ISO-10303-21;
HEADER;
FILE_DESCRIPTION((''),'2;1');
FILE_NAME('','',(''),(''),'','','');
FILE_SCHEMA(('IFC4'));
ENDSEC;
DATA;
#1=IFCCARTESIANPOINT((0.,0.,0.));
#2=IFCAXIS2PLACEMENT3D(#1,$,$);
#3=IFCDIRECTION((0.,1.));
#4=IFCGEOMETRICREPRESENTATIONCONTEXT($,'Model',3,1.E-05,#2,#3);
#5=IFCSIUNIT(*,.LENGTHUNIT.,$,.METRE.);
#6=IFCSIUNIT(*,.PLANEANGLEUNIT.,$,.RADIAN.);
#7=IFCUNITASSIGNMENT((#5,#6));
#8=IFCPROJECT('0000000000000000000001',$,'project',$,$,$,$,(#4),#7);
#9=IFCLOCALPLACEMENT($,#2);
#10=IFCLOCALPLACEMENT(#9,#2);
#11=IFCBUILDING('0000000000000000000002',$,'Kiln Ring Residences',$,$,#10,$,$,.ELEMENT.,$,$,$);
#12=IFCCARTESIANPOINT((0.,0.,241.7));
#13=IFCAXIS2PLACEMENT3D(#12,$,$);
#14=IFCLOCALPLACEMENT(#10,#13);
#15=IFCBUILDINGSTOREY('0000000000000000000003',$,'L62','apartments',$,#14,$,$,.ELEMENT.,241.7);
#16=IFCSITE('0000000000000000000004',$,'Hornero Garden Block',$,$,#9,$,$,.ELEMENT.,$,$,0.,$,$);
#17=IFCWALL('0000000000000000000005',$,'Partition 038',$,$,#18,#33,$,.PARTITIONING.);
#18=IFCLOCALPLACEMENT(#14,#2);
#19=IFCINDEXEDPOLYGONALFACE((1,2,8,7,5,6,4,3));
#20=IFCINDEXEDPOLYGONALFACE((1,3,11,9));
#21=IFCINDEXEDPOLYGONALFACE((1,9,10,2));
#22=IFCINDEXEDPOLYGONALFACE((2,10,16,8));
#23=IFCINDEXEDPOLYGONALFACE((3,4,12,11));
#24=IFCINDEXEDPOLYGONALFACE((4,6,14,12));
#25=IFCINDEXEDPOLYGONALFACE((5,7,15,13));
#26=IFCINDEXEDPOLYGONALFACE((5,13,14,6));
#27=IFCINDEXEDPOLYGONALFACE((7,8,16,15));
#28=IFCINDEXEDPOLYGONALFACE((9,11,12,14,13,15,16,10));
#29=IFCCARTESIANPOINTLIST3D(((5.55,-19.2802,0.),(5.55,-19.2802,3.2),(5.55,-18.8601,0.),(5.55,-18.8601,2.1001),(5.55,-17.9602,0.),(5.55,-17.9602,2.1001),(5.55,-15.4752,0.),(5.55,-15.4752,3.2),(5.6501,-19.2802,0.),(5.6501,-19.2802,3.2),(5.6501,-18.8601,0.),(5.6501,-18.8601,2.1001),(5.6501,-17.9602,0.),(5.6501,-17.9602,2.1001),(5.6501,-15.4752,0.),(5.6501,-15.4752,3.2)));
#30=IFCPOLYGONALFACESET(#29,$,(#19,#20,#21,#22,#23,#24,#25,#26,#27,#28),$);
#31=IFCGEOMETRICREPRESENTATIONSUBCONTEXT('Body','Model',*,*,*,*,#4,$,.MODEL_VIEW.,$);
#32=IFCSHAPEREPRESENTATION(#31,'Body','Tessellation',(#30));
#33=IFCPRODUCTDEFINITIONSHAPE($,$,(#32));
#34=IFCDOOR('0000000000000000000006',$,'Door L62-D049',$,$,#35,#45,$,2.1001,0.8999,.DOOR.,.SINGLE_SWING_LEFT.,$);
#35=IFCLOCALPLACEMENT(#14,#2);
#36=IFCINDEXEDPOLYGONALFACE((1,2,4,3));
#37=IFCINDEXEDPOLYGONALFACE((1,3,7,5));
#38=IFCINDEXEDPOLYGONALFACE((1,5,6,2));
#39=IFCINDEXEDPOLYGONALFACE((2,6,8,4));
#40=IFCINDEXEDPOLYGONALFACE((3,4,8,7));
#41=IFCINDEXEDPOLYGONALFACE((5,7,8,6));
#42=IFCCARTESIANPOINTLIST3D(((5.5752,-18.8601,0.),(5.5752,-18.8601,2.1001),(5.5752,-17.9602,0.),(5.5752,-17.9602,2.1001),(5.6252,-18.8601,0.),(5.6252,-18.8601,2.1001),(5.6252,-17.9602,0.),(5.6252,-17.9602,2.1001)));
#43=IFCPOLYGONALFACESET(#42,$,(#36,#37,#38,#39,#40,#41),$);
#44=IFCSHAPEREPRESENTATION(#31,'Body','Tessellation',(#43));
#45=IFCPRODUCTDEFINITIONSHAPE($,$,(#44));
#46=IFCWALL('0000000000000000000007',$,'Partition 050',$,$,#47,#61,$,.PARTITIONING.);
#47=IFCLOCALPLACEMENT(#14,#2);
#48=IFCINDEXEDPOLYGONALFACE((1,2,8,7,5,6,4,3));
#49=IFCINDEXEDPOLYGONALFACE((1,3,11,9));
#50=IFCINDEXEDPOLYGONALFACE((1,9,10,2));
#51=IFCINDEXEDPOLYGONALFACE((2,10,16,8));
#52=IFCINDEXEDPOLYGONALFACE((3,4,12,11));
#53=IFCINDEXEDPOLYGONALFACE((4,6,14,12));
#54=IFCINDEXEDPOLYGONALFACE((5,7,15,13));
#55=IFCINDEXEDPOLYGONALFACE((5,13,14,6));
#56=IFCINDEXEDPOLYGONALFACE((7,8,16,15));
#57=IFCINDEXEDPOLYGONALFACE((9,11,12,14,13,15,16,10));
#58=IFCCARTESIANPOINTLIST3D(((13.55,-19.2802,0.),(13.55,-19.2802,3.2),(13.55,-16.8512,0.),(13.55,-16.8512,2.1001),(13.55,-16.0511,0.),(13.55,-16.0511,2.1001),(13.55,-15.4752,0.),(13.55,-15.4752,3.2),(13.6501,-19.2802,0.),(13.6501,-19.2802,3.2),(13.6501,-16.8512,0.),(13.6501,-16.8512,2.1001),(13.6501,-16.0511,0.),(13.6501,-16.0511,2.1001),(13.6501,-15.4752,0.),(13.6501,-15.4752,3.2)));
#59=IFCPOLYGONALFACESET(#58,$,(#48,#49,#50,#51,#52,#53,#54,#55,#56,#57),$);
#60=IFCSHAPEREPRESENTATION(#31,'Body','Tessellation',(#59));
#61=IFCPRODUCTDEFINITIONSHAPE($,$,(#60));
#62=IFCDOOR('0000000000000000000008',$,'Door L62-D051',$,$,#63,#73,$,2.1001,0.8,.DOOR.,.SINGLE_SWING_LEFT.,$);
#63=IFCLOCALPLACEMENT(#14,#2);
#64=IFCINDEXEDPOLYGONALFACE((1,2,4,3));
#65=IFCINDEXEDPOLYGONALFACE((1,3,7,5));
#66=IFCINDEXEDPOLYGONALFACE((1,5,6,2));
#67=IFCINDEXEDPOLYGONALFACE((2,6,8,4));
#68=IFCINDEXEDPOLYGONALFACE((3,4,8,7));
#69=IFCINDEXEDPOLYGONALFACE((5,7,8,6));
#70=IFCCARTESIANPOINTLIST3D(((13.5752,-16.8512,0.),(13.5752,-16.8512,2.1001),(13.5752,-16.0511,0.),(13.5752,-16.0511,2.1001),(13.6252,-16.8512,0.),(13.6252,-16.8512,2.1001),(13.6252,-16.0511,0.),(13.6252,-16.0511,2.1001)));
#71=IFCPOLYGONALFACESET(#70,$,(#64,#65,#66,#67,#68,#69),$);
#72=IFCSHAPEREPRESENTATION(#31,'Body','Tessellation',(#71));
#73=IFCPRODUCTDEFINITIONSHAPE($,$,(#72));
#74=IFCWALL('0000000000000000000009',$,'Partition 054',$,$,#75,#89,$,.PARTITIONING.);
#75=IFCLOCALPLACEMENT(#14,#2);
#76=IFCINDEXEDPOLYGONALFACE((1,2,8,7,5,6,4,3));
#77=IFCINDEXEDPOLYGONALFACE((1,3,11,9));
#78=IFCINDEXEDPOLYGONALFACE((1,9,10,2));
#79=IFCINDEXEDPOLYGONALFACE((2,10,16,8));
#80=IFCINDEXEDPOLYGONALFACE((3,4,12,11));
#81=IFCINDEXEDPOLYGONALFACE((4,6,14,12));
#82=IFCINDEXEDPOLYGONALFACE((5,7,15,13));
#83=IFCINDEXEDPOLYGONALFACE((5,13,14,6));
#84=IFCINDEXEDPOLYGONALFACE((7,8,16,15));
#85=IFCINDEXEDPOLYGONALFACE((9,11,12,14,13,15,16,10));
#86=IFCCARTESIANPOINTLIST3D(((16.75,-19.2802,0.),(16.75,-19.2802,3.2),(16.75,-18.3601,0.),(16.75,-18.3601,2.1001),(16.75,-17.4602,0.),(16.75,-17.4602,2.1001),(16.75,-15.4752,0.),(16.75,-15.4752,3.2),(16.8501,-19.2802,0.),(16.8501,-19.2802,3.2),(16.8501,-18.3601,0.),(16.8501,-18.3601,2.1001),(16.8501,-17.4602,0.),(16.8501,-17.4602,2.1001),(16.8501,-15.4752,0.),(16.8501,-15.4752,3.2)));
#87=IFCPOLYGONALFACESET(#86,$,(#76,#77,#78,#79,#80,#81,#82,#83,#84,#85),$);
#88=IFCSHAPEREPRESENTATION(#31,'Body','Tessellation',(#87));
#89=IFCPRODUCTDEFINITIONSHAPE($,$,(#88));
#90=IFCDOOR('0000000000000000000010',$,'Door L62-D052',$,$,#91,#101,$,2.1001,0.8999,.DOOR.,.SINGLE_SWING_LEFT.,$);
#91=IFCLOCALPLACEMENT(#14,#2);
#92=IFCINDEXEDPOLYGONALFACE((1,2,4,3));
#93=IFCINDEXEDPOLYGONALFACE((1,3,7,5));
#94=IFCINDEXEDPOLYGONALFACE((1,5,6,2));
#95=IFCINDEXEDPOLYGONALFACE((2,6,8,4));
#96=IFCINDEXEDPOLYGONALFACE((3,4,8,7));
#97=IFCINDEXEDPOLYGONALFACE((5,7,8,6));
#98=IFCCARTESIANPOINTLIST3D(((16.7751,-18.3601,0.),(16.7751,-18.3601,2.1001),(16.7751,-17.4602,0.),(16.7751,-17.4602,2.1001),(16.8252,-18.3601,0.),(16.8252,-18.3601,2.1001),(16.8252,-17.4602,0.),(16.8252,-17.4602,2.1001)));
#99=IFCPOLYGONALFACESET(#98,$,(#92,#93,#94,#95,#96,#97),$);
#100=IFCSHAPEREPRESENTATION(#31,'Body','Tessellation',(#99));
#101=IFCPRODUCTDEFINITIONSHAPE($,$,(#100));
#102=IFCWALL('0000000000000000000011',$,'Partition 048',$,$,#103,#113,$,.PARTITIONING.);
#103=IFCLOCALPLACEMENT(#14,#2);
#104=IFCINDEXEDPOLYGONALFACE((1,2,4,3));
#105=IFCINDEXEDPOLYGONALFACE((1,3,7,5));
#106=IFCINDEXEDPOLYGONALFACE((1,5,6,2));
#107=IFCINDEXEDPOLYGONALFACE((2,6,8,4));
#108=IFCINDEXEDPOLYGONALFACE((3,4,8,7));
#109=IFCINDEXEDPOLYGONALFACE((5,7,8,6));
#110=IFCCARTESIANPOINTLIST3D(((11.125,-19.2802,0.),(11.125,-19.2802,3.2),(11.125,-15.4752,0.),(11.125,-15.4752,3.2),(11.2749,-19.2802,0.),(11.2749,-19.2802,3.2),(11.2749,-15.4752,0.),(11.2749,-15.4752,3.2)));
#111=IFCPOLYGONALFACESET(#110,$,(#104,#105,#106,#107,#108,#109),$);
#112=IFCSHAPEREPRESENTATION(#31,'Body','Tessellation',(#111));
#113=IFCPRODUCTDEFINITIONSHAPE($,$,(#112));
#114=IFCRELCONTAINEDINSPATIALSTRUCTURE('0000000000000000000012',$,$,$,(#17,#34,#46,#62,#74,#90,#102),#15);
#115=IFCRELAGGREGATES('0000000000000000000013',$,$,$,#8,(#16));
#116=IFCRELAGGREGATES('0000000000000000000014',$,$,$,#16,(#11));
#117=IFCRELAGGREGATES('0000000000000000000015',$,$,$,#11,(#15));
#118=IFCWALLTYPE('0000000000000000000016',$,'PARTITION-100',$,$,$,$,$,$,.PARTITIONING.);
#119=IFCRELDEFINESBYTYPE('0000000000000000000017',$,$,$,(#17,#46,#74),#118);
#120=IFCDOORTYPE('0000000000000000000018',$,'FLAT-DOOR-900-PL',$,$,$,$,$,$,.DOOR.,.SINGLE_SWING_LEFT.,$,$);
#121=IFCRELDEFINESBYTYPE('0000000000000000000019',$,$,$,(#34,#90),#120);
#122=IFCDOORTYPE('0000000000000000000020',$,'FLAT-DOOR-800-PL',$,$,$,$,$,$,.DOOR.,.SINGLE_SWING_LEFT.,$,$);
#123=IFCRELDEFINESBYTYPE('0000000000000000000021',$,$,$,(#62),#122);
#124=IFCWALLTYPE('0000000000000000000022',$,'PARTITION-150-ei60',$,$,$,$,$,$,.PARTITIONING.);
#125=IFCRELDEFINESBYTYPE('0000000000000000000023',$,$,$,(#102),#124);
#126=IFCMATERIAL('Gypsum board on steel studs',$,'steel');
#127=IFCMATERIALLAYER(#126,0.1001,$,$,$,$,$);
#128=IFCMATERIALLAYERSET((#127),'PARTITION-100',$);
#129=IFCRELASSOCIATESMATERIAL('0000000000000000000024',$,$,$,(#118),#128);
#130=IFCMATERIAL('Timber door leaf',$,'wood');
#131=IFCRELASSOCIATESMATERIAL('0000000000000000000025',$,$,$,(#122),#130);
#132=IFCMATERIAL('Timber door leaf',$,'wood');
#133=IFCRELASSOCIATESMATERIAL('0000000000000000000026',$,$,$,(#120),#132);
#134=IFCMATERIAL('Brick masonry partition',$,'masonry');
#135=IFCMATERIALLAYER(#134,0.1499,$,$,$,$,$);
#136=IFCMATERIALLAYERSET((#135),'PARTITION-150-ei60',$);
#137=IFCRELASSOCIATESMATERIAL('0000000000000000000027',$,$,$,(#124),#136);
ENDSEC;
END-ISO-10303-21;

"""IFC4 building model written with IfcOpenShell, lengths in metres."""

from ifc_helpers import new_model, si_unit, direction, frame, frame_2d, origin, place, context, subcontext, project, spatial, rectangle, extrude, material, layer, layer_set, type_object, element, fill, save


model = new_model("IFC4")

# Units and contexts
model_context = context("Model", 3, precision=1e-05, world=origin(), true_north=direction((0.0, 1.0)))
body_context = subcontext(model_context, "Body", "Model", "MODEL_VIEW")
ifc_project = project(units=[si_unit("LENGTHUNIT", "METRE"), si_unit("PLANEANGLEUNIT", "RADIAN")], contexts=[model_context])

# Site, building, storey
site_placement = place(None, origin())
site = spatial("IfcSite", under=ifc_project, at=site_placement, Name="Hornero Garden Block", CompositionType="ELEMENT", RefElevation=0.0)
building_placement = place(site_placement, origin())
building = spatial("IfcBuilding", under=site, at=building_placement, Name="Kiln Ring Residences", CompositionType="ELEMENT")
storey_placement = place(building_placement, frame((0.0, 0.0, 241.7)))
storey = spatial("IfcBuildingStorey", under=building, at=storey_placement, Name="L62", Description="apartments", CompositionType="ELEMENT", Elevation=241.7)

# Walls, openings, doors
ifc_material_1 = material(Name="Gypsum board on steel studs", Category="steel")
ifc_layer_1 = layer(ifc_material_1, 0.1001)
ifc_layer_set_1 = layer_set([ifc_layer_1], Name="PARTITION-100")
wall_type_1 = type_object("IfcWallType", Name="PARTITION-100", PredefinedType="PARTITIONING", material=ifc_layer_set_1)
ifc_material_2 = material(Name="Timber door leaf", Category="wood")
door_type_1 = type_object("IfcDoorType", Name="FLAT-DOOR-800-PL", OperationType="SINGLE_SWING_LEFT", PredefinedType="DOOR", material=ifc_material_2)
wall_1_placement = place(storey_placement, frame((5.6001, -19.28, 0.0), z_axis=(0.0, 0.0, 1.0), x_axis=(0.0, 1.0, 0.0)))
wall_1 = element("IfcWall", 1, at=wall_1_placement, inside=storey, type_object=wall_type_1, Name="Partition 038", PredefinedType="PARTITIONING", context=body_context, shape_type="SweptSolid", body=[
    extrude(rectangle(XDim=3.8049, YDim=0.1001, at=frame_2d((1.9023, 0.0))), origin(), (0.0, 0.0, 1.0), 3.2),
])
opening_1_placement = place(wall_1_placement, frame((0.4199, 0.0, 0.0)))
opening_1 = element("IfcOpeningElement", 2, at=opening_1_placement, cuts=wall_1, PredefinedType="OPENING", context=body_context, shape_type="SweptSolid", body=[
    extrude(rectangle(XDim=0.8999, YDim=2.1001, at=frame_2d((0.45, 1.05))), frame((0.0, 0.0601, 0.0), z_axis=(0.0, -1.0, 0.0), x_axis=(1.0, 0.0, 0.0)), (0.0, 0.0, 1.0), 0.1201),
])
ifc_material_3 = material(Name="Timber door leaf", Category="wood")
door_type_2 = type_object("IfcDoorType", Name="FLAT-DOOR-900-PL", OperationType="SINGLE_SWING_LEFT", PredefinedType="DOOR", material=ifc_material_3)
door_1_placement = place(opening_1_placement, origin())
door_1 = element("IfcDoor", 3, at=door_1_placement, inside=storey, type_object=door_type_2, Name="Door L62-D049", OperationType="SINGLE_SWING_LEFT", OverallHeight=2.1001, OverallWidth=0.8999, PredefinedType="DOOR", context=body_context, shape_type="SweptSolid", body=[
    extrude(rectangle(XDim=0.8999, YDim=2.1001, at=frame_2d((0.45, 1.05))), frame((0.0, 0.0249, 0.0), z_axis=(0.0, -1.0, 0.0), x_axis=(1.0, 0.0, 0.0)), (0.0, 0.0, 1.0), 0.05),
])
fill(opening_1, door_1)
wall_2_placement = place(storey_placement, frame((13.6001, -19.28, 0.0), z_axis=(0.0, 0.0, 1.0), x_axis=(0.0, 1.0, 0.0)))
wall_2 = element("IfcWall", 4, at=wall_2_placement, inside=storey, type_object=wall_type_1, Name="Partition 050", PredefinedType="PARTITIONING", context=body_context, shape_type="SweptSolid", body=[
    extrude(rectangle(XDim=3.8049, YDim=0.1001, at=frame_2d((1.9023, 0.0))), origin(), (0.0, 0.0, 1.0), 3.2),
])
opening_2_placement = place(wall_2_placement, frame((2.429, 0.0, 0.0)))
opening_2 = element("IfcOpeningElement", 5, at=opening_2_placement, cuts=wall_2, PredefinedType="OPENING", context=body_context, shape_type="SweptSolid", body=[
    extrude(rectangle(XDim=0.8, YDim=2.1001, at=frame_2d((0.3999, 1.05))), frame((0.0, 0.0601, 0.0), z_axis=(0.0, -1.0, 0.0), x_axis=(1.0, 0.0, 0.0)), (0.0, 0.0, 1.0), 0.1201),
])
door_2_placement = place(opening_2_placement, origin())
door_2 = element("IfcDoor", 6, at=door_2_placement, inside=storey, type_object=door_type_1, Name="Door L62-D051", OperationType="SINGLE_SWING_LEFT", OverallHeight=2.1001, OverallWidth=0.8, PredefinedType="DOOR", context=body_context, shape_type="SweptSolid", body=[
    extrude(rectangle(XDim=0.8, YDim=2.1001, at=frame_2d((0.3999, 1.05))), frame((0.0, 0.0249, 0.0), z_axis=(0.0, -1.0, 0.0), x_axis=(1.0, 0.0, 0.0)), (0.0, 0.0, 1.0), 0.05),
])
fill(opening_2, door_2)
wall_3_placement = place(storey_placement, frame((16.8, -19.28, 0.0), z_axis=(0.0, 0.0, 1.0), x_axis=(0.0, 1.0, 0.0)))
wall_3 = element("IfcWall", 7, at=wall_3_placement, inside=storey, type_object=wall_type_1, Name="Partition 054", PredefinedType="PARTITIONING", context=body_context, shape_type="SweptSolid", body=[
    extrude(rectangle(XDim=3.8049, YDim=0.1001, at=frame_2d((1.9023, 0.0))), origin(), (0.0, 0.0, 1.0), 3.2),
])
opening_3_placement = place(wall_3_placement, frame((0.9199, 0.0, 0.0)))
opening_3 = element("IfcOpeningElement", 8, at=opening_3_placement, cuts=wall_3, PredefinedType="OPENING", context=body_context, shape_type="SweptSolid", body=[
    extrude(rectangle(XDim=0.8999, YDim=2.1001, at=frame_2d((0.45, 1.05))), frame((0.0, 0.0601, 0.0), z_axis=(0.0, -1.0, 0.0), x_axis=(1.0, 0.0, 0.0)), (0.0, 0.0, 1.0), 0.1201),
])
door_3_placement = place(opening_3_placement, origin())
door_3 = element("IfcDoor", 9, at=door_3_placement, inside=storey, type_object=door_type_2, Name="Door L62-D052", OperationType="SINGLE_SWING_LEFT", OverallHeight=2.1001, OverallWidth=0.8999, PredefinedType="DOOR", context=body_context, shape_type="SweptSolid", body=[
    extrude(rectangle(XDim=0.8999, YDim=2.1001, at=frame_2d((0.45, 1.05))), frame((0.0, 0.0249, 0.0), z_axis=(0.0, -1.0, 0.0), x_axis=(1.0, 0.0, 0.0)), (0.0, 0.0, 1.0), 0.05),
])
fill(opening_3, door_3)

# Wall
ifc_material_4 = material(Name="Brick masonry partition", Category="masonry")
ifc_layer_2 = layer(ifc_material_4, 0.1499)
ifc_layer_set_2 = layer_set([ifc_layer_2], Name="PARTITION-150-ei60")
wall_type_2 = type_object("IfcWallType", Name="PARTITION-150-ei60", PredefinedType="PARTITIONING", material=ifc_layer_set_2)
wall_4_placement = place(storey_placement, frame((11.2, -19.28, 0.0), z_axis=(0.0, 0.0, 1.0), x_axis=(0.0, 1.0, 0.0)))
element("IfcWall", 10, at=wall_4_placement, inside=storey, type_object=wall_type_2, Name="Partition 048", PredefinedType="PARTITIONING", context=body_context, shape_type="SweptSolid", body=[
    extrude(rectangle(XDim=3.8049, YDim=0.1499, at=frame_2d((1.9023, 0.0))), origin(), (0.0, 0.0, 1.0), 3.2),
])

save(model, "model.ifc")
